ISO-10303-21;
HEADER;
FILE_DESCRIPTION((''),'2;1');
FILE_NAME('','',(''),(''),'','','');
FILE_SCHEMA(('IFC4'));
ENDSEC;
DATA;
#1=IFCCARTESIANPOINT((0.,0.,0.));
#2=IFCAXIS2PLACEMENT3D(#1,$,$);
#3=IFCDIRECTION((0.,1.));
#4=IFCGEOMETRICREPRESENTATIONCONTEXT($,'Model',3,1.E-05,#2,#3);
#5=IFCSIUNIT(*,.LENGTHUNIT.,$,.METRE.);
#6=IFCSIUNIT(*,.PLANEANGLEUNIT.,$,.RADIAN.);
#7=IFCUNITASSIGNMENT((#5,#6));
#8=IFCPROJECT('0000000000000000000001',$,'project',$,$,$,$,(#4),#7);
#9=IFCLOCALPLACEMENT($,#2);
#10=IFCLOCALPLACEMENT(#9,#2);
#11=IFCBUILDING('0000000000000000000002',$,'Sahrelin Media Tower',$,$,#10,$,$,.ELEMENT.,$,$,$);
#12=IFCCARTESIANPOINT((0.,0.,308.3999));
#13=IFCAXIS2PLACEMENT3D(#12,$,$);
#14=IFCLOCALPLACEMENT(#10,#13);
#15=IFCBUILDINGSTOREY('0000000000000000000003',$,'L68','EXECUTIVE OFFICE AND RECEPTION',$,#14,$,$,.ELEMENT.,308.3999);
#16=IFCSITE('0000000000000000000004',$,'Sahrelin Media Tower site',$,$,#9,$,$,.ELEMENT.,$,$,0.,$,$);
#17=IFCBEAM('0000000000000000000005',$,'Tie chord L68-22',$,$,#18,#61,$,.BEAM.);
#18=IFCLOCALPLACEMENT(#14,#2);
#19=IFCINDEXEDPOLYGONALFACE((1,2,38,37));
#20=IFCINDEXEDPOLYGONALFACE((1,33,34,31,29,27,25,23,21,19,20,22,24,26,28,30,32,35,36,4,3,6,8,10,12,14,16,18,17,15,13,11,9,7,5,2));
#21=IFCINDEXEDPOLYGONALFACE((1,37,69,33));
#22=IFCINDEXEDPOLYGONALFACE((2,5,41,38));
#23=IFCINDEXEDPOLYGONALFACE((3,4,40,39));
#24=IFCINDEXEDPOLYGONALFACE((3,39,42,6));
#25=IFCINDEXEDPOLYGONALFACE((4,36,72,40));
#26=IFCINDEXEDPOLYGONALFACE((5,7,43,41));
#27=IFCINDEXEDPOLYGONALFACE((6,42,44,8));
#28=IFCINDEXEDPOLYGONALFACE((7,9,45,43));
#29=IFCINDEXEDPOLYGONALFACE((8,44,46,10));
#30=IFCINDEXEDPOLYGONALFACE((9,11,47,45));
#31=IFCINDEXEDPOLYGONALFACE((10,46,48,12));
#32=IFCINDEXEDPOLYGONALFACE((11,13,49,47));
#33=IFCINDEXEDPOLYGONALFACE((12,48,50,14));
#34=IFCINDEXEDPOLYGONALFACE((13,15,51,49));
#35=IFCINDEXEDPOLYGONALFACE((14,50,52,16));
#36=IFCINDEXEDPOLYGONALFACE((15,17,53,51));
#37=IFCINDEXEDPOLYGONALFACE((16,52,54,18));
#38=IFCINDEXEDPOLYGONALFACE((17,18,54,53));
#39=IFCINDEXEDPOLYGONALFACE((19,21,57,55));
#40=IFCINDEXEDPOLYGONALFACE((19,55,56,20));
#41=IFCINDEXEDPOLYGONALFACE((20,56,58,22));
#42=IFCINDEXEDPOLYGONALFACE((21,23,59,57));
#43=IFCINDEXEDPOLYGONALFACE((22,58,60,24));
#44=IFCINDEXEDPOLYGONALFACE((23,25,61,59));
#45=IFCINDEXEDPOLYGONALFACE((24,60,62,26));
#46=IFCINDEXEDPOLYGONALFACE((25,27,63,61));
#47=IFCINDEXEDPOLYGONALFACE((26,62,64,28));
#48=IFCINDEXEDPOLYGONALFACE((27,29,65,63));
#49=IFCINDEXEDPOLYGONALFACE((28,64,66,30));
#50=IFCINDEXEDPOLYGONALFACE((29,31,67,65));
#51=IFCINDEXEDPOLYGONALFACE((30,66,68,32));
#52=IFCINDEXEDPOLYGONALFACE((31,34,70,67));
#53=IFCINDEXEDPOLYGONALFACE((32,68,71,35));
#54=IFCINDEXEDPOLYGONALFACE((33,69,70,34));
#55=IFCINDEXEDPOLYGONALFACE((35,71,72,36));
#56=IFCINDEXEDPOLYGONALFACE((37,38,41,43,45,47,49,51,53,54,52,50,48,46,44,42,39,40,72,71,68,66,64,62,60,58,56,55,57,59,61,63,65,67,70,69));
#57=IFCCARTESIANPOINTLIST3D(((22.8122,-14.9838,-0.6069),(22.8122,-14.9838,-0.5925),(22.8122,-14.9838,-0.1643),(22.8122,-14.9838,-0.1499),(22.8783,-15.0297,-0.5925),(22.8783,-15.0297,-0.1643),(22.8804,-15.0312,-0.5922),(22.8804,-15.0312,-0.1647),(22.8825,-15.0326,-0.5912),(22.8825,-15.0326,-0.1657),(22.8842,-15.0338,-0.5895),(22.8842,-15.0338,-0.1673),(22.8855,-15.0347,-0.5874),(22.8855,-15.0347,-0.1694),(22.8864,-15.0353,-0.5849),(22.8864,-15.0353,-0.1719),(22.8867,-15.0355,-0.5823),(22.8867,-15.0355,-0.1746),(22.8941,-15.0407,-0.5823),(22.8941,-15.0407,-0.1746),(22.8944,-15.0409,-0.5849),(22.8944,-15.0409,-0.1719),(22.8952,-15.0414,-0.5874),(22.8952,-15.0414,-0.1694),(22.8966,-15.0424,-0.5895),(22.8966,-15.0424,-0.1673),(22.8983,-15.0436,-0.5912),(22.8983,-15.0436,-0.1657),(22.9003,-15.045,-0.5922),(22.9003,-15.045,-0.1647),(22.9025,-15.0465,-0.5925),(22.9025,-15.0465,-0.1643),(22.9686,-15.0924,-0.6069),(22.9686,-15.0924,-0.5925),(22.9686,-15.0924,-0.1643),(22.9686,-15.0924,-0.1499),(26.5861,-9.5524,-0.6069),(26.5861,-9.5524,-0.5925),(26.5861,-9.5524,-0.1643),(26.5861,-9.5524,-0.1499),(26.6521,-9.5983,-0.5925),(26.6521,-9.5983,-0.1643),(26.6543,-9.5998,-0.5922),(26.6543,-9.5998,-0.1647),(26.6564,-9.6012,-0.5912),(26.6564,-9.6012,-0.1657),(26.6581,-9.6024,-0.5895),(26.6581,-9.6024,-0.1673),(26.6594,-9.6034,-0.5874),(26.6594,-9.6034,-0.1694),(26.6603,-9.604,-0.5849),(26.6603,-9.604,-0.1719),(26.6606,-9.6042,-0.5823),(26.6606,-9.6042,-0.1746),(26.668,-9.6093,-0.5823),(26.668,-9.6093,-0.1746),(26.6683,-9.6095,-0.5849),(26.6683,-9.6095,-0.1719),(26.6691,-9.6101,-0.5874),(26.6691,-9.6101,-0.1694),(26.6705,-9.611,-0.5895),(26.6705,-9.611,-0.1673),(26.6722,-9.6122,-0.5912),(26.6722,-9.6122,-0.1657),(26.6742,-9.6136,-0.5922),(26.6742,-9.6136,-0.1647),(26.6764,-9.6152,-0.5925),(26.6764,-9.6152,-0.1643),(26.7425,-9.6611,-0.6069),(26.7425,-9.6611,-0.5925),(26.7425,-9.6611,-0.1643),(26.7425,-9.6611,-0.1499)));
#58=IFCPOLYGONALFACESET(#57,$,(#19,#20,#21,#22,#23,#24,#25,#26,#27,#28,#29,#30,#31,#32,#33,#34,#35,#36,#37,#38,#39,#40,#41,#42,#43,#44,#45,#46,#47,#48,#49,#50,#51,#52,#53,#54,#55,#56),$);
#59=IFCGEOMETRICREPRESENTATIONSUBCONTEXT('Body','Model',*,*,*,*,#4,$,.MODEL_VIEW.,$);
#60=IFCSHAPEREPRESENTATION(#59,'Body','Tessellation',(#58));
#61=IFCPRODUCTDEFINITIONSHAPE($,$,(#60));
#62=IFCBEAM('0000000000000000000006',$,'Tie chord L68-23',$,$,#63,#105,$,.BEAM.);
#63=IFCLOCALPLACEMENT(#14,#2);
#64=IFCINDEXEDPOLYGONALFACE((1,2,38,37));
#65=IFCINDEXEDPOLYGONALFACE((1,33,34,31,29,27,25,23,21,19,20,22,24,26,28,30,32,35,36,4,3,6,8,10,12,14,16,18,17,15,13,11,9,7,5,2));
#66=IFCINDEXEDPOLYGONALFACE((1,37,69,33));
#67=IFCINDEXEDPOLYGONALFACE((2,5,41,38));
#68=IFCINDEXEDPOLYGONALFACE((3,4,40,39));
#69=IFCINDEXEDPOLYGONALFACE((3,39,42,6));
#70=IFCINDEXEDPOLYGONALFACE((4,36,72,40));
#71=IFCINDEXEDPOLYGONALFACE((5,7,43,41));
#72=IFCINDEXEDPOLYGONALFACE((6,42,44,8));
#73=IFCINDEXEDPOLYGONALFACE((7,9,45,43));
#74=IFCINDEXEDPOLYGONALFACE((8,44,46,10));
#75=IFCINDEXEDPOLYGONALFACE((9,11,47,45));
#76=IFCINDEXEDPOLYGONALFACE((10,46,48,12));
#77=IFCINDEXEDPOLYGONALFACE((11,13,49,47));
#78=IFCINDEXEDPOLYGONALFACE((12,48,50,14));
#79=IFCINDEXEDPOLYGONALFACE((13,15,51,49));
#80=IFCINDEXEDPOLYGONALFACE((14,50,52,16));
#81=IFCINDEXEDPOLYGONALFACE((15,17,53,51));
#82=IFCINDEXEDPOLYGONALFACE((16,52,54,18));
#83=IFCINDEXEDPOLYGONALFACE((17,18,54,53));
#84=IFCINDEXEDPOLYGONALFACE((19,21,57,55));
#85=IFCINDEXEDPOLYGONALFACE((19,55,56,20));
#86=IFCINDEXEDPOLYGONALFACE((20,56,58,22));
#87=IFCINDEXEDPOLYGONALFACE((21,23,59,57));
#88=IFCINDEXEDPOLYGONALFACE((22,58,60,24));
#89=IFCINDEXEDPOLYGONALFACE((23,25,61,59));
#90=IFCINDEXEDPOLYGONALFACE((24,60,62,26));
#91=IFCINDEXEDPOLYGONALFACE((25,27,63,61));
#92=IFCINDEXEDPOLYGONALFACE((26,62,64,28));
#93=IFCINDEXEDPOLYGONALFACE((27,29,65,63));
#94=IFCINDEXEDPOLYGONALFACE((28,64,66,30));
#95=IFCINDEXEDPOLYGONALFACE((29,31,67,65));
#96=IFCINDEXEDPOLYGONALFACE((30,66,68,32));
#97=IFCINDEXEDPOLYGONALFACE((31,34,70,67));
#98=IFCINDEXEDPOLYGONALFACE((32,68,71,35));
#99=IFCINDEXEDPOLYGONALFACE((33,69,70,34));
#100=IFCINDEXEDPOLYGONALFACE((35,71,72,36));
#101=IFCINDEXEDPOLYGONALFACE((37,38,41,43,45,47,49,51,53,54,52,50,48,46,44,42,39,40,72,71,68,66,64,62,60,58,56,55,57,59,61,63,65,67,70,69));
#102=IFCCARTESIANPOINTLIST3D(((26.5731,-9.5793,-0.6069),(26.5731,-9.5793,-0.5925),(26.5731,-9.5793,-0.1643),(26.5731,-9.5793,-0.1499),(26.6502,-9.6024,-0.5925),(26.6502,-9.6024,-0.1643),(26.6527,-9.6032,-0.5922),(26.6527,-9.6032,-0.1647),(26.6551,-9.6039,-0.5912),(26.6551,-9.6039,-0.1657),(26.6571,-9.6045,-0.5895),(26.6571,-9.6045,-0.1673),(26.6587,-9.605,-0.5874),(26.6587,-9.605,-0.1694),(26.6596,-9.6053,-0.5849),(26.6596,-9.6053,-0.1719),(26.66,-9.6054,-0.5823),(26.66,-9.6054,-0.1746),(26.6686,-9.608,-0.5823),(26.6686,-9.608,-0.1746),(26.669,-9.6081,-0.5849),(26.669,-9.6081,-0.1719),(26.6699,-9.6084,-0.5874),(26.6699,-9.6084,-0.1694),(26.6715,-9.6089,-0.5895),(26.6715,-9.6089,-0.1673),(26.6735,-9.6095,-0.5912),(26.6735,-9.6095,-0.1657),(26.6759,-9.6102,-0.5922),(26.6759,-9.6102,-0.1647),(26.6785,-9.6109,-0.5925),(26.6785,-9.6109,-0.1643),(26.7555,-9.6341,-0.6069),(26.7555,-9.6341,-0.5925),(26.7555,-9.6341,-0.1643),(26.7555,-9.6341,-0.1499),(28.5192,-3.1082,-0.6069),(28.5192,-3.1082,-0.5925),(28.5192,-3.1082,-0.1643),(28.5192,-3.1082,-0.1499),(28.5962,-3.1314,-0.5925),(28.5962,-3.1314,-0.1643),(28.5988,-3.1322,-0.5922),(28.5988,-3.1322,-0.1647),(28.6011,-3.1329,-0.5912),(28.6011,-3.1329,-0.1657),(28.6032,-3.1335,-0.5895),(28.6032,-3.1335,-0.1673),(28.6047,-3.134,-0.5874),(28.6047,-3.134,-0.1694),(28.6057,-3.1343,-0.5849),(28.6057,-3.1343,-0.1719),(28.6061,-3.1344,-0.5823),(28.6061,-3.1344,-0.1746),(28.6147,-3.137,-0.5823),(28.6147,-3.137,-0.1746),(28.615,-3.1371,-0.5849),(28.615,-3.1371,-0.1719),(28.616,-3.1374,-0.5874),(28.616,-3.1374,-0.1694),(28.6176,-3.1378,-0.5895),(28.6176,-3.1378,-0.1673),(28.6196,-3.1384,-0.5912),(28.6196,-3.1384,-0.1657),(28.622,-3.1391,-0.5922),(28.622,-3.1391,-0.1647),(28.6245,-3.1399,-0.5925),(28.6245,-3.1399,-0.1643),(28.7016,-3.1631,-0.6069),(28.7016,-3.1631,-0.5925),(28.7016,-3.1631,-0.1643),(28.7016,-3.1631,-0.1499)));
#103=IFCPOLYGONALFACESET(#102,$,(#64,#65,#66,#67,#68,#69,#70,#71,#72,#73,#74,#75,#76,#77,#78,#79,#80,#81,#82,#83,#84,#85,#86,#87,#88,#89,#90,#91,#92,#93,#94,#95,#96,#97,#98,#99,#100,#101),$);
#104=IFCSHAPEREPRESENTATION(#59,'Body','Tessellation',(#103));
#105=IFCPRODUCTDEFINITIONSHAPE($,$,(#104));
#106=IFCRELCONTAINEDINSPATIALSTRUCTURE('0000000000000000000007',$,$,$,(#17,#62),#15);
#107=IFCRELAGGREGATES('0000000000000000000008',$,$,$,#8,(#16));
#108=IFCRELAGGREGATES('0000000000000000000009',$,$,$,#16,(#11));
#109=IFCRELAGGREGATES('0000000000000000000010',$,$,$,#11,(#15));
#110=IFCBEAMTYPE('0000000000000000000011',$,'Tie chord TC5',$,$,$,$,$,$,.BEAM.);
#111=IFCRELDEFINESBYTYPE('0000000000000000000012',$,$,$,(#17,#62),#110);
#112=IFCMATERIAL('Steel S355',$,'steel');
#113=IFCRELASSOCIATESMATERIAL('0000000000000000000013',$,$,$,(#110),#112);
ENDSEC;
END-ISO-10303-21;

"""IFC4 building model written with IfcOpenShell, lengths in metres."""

from ifc_helpers import new_model, si_unit, direction, frame, origin, origin_2d, place, context, subcontext, project, spatial, i_section, extrude, material, material_profile, profile_set, type_object, element, save


model = new_model("IFC4")

# Units and contexts
model_context = context("Model", 3, precision=1e-05, world=origin(), true_north=direction((0.0, 1.0)))
body_context = subcontext(model_context, "Body", "Model", "MODEL_VIEW")
ifc_project = project(units=[si_unit("LENGTHUNIT", "METRE"), si_unit("PLANEANGLEUNIT", "RADIAN")], contexts=[model_context])

# Site, building, storey
site_placement = place(None, origin())
site = spatial("IfcSite", under=ifc_project, at=site_placement, Name="Sahrelin Media Tower site", CompositionType="ELEMENT", RefElevation=0.0)
building_placement = place(site_placement, origin())
building = spatial("IfcBuilding", under=site, at=building_placement, Name="Sahrelin Media Tower", CompositionType="ELEMENT")
storey_placement = place(building_placement, frame((0.0, 0.0, 308.3999)))
storey = spatial("IfcBuildingStorey", under=building, at=storey_placement, Name="L68", Description="EXECUTIVE OFFICE AND RECEPTION", CompositionType="ELEMENT", Elevation=308.3999)

# Beams
ifc_material_1 = material(Name="Steel S355", Category="steel")
ifc_material_profile_1 = material_profile(ifc_material_1, i_section(OverallWidth=0.1904, OverallDepth=0.457, WebThickness=0.009, FlangeThickness=0.0144, FilletRadius=0.0103, at=origin_2d()), Name="UB 457x191x74")
ifc_profile_set_1 = profile_set([ifc_material_profile_1], Name="Steel S355")
beam_type_1 = type_object("IfcBeamType", Name="Tie chord TC5", PredefinedType="BEAM", material=ifc_profile_set_1)
beam_1_placement = place(storey_placement, frame((22.8904, -15.0381, -0.3784), z_axis=(0.570612, 0.82122, 0.0), x_axis=(-0.82122, 0.570612, 0.0)))
element("IfcBeam", 1, at=beam_1_placement, inside=storey, type_object=beam_type_1, Name="Tie chord L68-22", PredefinedType="BEAM", context=body_context, shape_type="SweptSolid", body=[
    extrude(i_section(OverallWidth=0.1904, OverallDepth=0.457, WebThickness=0.009, FlangeThickness=0.0144, FilletRadius=0.0103, at=origin_2d()), origin(), (0.0, 0.0, 1.0), 6.6138),
])
beam_2_placement = place(storey_placement, frame((26.6643, -9.6067, -0.3784), z_axis=(0.287994, 0.957632, 0.0), x_axis=(-0.957632, 0.287994, 0.0)))
element("IfcBeam", 2, at=beam_2_placement, inside=storey, type_object=beam_type_1, Name="Tie chord L68-23", PredefinedType="BEAM", context=body_context, shape_type="SweptSolid", body=[
    extrude(i_section(OverallWidth=0.1904, OverallDepth=0.457, WebThickness=0.009, FlangeThickness=0.0144, FilletRadius=0.0103, at=origin_2d()), origin(), (0.0, 0.0, 1.0), 6.7573),
])

save(model, "model.ifc")
